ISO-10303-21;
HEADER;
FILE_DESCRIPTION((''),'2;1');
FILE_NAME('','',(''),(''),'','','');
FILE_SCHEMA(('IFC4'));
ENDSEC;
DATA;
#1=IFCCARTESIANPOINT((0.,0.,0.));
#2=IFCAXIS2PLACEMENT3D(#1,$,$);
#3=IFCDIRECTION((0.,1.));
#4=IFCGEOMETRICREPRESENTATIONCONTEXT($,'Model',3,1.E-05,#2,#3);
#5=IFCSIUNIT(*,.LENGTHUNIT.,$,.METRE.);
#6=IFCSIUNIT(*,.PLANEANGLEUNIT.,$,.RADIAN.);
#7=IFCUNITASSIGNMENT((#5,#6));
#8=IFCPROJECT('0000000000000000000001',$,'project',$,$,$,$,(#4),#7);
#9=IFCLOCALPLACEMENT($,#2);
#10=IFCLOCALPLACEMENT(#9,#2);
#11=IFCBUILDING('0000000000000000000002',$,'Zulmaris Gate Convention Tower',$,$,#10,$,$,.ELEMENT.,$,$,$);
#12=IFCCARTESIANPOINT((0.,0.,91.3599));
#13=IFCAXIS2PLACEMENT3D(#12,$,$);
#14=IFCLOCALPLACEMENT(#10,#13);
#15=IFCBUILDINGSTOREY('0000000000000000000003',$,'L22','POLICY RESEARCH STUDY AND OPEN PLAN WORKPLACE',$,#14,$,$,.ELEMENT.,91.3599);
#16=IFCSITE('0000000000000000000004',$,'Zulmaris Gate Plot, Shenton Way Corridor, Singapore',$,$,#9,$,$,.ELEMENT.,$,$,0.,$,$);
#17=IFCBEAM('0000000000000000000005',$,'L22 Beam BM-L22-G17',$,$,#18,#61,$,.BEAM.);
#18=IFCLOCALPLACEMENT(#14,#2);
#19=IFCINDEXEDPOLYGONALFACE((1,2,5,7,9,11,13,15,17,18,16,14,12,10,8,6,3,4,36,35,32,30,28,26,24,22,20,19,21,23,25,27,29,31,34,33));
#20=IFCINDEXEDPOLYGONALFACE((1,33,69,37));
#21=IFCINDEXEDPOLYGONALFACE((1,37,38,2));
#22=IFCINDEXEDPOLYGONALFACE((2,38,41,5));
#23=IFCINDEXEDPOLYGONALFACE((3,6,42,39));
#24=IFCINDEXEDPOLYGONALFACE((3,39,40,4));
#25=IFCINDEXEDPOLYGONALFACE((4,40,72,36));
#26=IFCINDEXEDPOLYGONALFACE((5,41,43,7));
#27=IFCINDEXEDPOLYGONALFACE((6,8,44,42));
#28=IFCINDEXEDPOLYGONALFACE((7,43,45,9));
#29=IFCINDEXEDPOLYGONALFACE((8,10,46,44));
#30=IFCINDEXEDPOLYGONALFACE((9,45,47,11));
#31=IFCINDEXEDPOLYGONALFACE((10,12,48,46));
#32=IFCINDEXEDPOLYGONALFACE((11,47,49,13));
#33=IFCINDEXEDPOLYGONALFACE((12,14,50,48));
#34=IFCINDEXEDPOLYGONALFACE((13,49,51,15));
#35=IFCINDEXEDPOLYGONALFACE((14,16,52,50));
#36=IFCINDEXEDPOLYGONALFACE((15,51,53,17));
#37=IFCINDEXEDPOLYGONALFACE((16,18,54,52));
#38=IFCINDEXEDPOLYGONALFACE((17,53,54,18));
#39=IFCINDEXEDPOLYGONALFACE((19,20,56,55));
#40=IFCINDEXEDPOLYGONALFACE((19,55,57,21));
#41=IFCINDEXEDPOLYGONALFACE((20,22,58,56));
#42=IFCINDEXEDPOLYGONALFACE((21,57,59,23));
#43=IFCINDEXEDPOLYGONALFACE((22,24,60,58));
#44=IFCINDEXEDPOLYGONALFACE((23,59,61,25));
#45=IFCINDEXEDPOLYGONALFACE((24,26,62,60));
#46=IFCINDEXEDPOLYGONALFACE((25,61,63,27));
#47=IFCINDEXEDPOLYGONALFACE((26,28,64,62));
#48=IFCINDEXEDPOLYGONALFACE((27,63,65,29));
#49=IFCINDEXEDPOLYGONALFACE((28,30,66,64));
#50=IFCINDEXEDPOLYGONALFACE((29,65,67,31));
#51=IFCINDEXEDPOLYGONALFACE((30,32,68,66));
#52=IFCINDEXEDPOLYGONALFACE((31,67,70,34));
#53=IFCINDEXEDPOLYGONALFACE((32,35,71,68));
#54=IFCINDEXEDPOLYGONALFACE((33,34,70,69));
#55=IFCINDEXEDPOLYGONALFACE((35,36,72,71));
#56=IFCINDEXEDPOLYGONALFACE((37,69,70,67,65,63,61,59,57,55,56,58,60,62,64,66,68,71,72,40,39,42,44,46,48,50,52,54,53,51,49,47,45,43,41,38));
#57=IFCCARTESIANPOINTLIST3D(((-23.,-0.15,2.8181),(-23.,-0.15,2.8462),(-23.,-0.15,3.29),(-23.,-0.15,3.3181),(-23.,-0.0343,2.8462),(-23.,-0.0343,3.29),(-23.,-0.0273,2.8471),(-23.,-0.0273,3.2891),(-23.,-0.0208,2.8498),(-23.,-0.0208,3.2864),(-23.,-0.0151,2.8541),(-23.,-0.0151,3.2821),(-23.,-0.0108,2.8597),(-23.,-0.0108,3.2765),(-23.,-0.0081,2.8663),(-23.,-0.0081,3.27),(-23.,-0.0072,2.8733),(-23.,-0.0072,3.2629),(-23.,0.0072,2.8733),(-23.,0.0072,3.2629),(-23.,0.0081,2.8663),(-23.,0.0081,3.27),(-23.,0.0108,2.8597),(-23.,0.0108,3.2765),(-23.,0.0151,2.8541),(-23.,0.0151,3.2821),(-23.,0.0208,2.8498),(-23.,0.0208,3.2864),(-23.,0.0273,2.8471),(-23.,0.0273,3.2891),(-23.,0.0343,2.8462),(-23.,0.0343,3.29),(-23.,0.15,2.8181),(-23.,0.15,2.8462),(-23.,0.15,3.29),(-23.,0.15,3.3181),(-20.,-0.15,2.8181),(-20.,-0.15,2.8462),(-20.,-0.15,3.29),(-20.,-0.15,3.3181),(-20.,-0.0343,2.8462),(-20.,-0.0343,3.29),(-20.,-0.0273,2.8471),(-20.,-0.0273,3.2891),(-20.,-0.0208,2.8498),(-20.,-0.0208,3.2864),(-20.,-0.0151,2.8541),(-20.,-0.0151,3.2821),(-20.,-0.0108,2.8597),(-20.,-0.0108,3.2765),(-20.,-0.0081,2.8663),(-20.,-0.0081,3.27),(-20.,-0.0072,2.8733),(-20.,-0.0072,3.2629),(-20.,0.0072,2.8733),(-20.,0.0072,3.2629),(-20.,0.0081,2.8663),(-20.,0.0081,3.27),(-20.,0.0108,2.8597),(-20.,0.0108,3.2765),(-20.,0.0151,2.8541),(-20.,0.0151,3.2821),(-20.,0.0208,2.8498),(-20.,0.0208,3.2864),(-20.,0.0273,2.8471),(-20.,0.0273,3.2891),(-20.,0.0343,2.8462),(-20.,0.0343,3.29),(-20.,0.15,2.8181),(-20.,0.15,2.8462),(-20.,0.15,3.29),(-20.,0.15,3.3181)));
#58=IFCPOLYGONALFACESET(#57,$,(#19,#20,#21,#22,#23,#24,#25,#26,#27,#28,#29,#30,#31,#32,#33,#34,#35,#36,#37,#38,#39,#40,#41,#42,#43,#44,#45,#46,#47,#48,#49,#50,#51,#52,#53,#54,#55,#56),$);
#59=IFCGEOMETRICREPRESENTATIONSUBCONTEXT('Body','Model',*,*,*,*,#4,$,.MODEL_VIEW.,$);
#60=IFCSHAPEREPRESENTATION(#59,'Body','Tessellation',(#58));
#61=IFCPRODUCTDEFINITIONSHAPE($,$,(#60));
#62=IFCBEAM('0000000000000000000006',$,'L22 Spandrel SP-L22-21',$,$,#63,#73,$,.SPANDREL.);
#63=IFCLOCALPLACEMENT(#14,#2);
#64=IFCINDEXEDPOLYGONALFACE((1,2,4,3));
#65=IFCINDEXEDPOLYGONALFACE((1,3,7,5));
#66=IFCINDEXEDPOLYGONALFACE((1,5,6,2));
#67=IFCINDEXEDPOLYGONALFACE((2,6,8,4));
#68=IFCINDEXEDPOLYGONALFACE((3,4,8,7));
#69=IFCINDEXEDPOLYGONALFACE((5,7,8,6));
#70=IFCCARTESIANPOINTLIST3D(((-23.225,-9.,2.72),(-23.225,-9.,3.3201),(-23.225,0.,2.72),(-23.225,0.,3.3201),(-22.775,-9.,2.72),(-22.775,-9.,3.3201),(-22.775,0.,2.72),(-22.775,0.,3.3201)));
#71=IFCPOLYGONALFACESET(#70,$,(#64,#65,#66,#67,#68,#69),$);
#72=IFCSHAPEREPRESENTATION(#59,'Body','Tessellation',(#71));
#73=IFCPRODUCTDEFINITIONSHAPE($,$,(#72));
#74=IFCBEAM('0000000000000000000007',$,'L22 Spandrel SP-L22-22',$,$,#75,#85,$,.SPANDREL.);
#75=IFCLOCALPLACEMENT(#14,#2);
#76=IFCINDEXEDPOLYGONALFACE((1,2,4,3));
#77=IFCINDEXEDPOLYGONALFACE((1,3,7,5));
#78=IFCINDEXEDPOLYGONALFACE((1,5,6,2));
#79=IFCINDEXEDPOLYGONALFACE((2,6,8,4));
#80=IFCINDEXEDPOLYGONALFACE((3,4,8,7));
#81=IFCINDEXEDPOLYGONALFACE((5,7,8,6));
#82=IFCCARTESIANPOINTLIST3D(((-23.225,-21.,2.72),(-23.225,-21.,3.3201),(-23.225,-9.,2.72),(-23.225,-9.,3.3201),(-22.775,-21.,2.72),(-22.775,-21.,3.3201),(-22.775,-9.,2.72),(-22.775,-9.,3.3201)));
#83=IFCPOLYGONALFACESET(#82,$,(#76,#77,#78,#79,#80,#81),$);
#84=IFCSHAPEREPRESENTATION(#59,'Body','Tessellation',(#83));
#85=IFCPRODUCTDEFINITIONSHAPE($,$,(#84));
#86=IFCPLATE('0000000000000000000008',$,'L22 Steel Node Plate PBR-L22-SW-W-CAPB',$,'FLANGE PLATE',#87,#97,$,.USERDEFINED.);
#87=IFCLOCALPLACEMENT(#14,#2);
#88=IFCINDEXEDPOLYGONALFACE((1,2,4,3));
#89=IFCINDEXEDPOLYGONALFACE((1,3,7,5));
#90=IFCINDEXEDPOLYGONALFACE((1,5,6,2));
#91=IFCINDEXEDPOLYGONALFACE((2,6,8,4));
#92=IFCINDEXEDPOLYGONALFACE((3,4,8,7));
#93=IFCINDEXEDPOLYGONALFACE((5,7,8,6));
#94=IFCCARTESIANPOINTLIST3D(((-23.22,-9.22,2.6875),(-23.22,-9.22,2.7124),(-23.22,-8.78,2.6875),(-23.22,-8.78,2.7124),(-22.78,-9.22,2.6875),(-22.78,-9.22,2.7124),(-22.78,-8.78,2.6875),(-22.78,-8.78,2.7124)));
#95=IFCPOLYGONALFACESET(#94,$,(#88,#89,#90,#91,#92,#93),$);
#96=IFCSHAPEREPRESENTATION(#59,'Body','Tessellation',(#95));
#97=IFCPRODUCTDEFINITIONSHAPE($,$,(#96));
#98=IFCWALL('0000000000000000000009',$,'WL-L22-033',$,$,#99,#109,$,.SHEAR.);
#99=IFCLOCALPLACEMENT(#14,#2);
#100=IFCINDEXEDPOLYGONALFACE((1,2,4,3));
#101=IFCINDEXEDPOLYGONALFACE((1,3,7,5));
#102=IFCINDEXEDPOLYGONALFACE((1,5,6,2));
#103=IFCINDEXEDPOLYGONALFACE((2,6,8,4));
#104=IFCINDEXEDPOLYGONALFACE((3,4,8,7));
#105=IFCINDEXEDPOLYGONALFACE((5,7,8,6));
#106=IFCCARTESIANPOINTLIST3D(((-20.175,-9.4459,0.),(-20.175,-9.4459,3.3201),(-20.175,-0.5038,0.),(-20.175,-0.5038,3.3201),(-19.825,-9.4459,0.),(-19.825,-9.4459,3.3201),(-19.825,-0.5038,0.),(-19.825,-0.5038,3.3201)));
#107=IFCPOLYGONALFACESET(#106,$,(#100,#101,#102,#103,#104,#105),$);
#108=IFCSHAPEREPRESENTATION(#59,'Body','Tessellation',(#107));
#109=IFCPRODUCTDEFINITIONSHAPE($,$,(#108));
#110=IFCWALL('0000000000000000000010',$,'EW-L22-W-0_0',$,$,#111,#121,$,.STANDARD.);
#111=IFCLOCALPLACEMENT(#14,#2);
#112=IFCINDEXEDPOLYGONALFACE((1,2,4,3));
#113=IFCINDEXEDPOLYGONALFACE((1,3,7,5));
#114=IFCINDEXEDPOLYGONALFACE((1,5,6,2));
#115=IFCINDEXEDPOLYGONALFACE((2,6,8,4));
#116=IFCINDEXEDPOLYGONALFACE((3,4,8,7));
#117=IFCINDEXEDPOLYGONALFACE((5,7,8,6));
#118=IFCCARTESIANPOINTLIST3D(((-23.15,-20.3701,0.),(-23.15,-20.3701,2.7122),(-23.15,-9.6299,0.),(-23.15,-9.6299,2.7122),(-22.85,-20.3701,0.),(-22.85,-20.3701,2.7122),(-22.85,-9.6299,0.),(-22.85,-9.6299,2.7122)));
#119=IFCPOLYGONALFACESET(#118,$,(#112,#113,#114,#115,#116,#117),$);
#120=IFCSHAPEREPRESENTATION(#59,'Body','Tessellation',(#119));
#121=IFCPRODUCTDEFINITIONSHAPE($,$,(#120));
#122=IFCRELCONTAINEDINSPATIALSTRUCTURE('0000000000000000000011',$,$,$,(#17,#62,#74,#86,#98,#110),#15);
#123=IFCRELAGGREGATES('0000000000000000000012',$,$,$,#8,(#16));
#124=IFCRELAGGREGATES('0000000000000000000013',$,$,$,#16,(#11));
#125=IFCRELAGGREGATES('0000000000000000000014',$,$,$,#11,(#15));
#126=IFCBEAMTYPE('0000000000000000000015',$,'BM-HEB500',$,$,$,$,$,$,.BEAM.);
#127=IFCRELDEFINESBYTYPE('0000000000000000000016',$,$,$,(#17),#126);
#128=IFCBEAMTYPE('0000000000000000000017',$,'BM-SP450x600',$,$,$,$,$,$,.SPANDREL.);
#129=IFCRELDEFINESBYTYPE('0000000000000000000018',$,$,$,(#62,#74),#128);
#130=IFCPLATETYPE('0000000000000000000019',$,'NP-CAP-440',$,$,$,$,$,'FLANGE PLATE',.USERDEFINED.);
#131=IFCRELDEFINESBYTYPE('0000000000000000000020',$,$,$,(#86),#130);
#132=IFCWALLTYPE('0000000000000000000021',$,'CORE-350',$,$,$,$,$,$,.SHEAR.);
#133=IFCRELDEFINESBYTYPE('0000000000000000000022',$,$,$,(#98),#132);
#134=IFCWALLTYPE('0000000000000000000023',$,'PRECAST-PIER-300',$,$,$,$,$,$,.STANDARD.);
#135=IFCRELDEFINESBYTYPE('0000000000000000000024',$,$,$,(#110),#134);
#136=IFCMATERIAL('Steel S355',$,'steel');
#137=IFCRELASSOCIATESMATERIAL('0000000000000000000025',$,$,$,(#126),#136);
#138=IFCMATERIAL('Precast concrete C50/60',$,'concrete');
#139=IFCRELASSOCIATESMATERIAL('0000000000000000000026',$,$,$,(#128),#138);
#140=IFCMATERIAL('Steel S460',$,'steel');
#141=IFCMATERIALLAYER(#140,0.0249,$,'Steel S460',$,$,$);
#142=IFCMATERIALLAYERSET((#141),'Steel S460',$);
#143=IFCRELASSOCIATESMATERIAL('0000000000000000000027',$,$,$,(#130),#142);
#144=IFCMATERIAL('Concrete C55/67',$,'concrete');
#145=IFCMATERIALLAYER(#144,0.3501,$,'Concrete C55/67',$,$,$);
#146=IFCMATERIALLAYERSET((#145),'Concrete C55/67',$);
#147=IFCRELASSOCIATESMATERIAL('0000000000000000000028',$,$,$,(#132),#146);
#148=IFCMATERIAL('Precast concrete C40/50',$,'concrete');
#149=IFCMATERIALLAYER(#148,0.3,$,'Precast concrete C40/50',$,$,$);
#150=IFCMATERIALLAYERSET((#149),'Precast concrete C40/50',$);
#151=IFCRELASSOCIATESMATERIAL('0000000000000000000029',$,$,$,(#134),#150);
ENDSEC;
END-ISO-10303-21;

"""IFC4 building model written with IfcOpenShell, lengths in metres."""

from ifc_helpers import new_model, si_unit, direction, frame, frame_2d, origin, origin_2d, place, context, subcontext, project, spatial, rectangle, i_section, extrude, material, layer, layer_set, material_profile, profile_set, type_object, element, save


model = new_model("IFC4")

# Units and contexts
model_context = context("Model", 3, precision=1e-05, world=origin(), true_north=direction((0.0, 1.0)))
body_context = subcontext(model_context, "Body", "Model", "MODEL_VIEW")
ifc_project = project(units=[si_unit("LENGTHUNIT", "METRE"), si_unit("PLANEANGLEUNIT", "RADIAN")], contexts=[model_context])

# Site, building, storey
site_placement = place(None, origin())
site = spatial("IfcSite", under=ifc_project, at=site_placement, Name="Zulmaris Gate Plot, Shenton Way Corridor, Singapore", CompositionType="ELEMENT", RefElevation=0.0)
building_placement = place(site_placement, origin())
building = spatial("IfcBuilding", under=site, at=building_placement, Name="Zulmaris Gate Convention Tower", CompositionType="ELEMENT")
storey_placement = place(building_placement, frame((0.0, 0.0, 91.3599)))
storey = spatial("IfcBuildingStorey", under=building, at=storey_placement, Name="L22", Description="POLICY RESEARCH STUDY AND OPEN PLAN WORKPLACE", CompositionType="ELEMENT", Elevation=91.3599)

# Beams
ifc_material_1 = material(Name="Steel S355", Category="steel")
ifc_material_profile_1 = material_profile(ifc_material_1, i_section(OverallWidth=0.3, OverallDepth=0.5, WebThickness=0.0144, FlangeThickness=0.0281, FilletRadius=0.0271, at=origin_2d()), Name="HEB 500")
ifc_profile_set_1 = profile_set([ifc_material_profile_1], Name="Steel S355")
beam_type_1 = type_object("IfcBeamType", Name="BM-HEB500", PredefinedType="BEAM", material=ifc_profile_set_1)
for number, where, z_axis, x_axis, name in (
    (1, (-23.0, 0.0, 3.0681), (1.0, 0.0, 0.0), (0.0, 1.0, 0.0), "L22 Beam BM-L22-G17"),
):
    element("IfcBeam", number, at=place(storey_placement, frame(where, z_axis=z_axis, x_axis=x_axis)), inside=storey, type_object=beam_type_1, Name=name, PredefinedType="BEAM", context=body_context, shape_type="SweptSolid", body=[
        extrude(i_section(OverallWidth=0.3, OverallDepth=0.5, WebThickness=0.0144, FlangeThickness=0.0281, FilletRadius=0.0271, at=origin_2d()), origin(), (0.0, 0.0, 1.0), 3.0),
    ])
ifc_material_2 = material(Name="Precast concrete C50/60", Category="concrete")
ifc_material_profile_2 = material_profile(ifc_material_2, rectangle(XDim=0.45, YDim=0.6001, at=origin_2d()), Name="RC SPANDREL 450x600")
ifc_profile_set_2 = profile_set([ifc_material_profile_2], Name="Precast concrete C50/60")
beam_type_2 = type_object("IfcBeamType", Name="BM-SP450x600", PredefinedType="SPANDREL", material=ifc_profile_set_2)
beam_1_placement = place(storey_placement, frame((-23.0, 0.0, 3.02), z_axis=(0.0, -1.0, 0.0), x_axis=(1.0, 0.0, 0.0)))
element("IfcBeam", 2, at=beam_1_placement, inside=storey, type_object=beam_type_2, Name="L22 Spandrel SP-L22-21", PredefinedType="SPANDREL", context=body_context, shape_type="SweptSolid", body=[
    extrude(rectangle(XDim=0.45, YDim=0.6001, at=origin_2d()), origin(), (0.0, 0.0, 1.0), 9.0),
])
beam_2_placement = place(storey_placement, frame((-23.0, -9.0, 3.02), z_axis=(0.0, -1.0, 0.0), x_axis=(1.0, 0.0, 0.0)))
element("IfcBeam", 3, at=beam_2_placement, inside=storey, type_object=beam_type_2, Name="L22 Spandrel SP-L22-22", PredefinedType="SPANDREL", context=body_context, shape_type="SweptSolid", body=[
    extrude(rectangle(XDim=0.45, YDim=0.6001, at=origin_2d()), origin(), (0.0, 0.0, 1.0), 12.0),
])

# Plate
ifc_material_3 = material(Name="Steel S460", Category="steel")
ifc_layer_1 = layer(ifc_material_3, 0.0249, Name="Steel S460")
ifc_layer_set_1 = layer_set([ifc_layer_1], Name="Steel S460")
plate_type = type_object("IfcPlateType", Name="NP-CAP-440", ElementType="FLANGE PLATE", PredefinedType="USERDEFINED", material=ifc_layer_set_1)
plate_placement = place(storey_placement, frame((-23.0, -9.0, 2.6875), z_axis=(0.0, 0.0, 1.0), x_axis=(1.0, 0.0, 0.0)))
element("IfcPlate", 4, at=plate_placement, inside=storey, type_object=plate_type, Name="L22 Steel Node Plate PBR-L22-SW-W-CAPB", ObjectType="FLANGE PLATE", PredefinedType="USERDEFINED", context=body_context, shape_type="SweptSolid", body=[
    extrude(rectangle(XDim=0.4399, YDim=0.4399, at=origin_2d()), origin(), (0.0, 0.0, 1.0), 0.0249),
])

# Walls
ifc_material_4 = material(Name="Concrete C55/67", Category="concrete")
ifc_layer_2 = layer(ifc_material_4, 0.3501, Name="Concrete C55/67")
ifc_layer_set_2 = layer_set([ifc_layer_2], Name="Concrete C55/67")
wall_type_1 = type_object("IfcWallType", Name="CORE-350", PredefinedType="SHEAR", material=ifc_layer_set_2)
wall_1_placement = place(storey_placement, frame((-20.0, -9.446, 0.0), z_axis=(0.0, 0.0, 1.0), x_axis=(0.0, 1.0, 0.0)))
element("IfcWall", 5, at=wall_1_placement, inside=storey, type_object=wall_type_1, Name="WL-L22-033", PredefinedType="SHEAR", context=body_context, shape_type="SweptSolid", body=[
    extrude(rectangle(XDim=8.9421, YDim=0.3501, at=frame_2d((4.4712, 0.0))), origin(), (0.0, 0.0, 1.0), 3.3201),
])
ifc_material_5 = material(Name="Precast concrete C40/50", Category="concrete")
ifc_layer_3 = layer(ifc_material_5, 0.3, Name="Precast concrete C40/50")
ifc_layer_set_3 = layer_set([ifc_layer_3], Name="Precast concrete C40/50")
wall_type_2 = type_object("IfcWallType", Name="PRECAST-PIER-300", PredefinedType="STANDARD", material=ifc_layer_set_3)
wall_2_placement = place(storey_placement, frame((-23.0, -9.6299, 0.0), z_axis=(0.0, 0.0, 1.0), x_axis=(0.0, -1.0, 0.0)))
element("IfcWall", 6, at=wall_2_placement, inside=storey, type_object=wall_type_2, Name="EW-L22-W-0_0", PredefinedType="STANDARD", context=body_context, shape_type="SweptSolid", body=[
    extrude(rectangle(XDim=10.7402, YDim=0.3, at=frame_2d((5.3701, 0.0))), origin(), (0.0, 0.0, 1.0), 2.7122),
])

save(model, "model.ifc")
